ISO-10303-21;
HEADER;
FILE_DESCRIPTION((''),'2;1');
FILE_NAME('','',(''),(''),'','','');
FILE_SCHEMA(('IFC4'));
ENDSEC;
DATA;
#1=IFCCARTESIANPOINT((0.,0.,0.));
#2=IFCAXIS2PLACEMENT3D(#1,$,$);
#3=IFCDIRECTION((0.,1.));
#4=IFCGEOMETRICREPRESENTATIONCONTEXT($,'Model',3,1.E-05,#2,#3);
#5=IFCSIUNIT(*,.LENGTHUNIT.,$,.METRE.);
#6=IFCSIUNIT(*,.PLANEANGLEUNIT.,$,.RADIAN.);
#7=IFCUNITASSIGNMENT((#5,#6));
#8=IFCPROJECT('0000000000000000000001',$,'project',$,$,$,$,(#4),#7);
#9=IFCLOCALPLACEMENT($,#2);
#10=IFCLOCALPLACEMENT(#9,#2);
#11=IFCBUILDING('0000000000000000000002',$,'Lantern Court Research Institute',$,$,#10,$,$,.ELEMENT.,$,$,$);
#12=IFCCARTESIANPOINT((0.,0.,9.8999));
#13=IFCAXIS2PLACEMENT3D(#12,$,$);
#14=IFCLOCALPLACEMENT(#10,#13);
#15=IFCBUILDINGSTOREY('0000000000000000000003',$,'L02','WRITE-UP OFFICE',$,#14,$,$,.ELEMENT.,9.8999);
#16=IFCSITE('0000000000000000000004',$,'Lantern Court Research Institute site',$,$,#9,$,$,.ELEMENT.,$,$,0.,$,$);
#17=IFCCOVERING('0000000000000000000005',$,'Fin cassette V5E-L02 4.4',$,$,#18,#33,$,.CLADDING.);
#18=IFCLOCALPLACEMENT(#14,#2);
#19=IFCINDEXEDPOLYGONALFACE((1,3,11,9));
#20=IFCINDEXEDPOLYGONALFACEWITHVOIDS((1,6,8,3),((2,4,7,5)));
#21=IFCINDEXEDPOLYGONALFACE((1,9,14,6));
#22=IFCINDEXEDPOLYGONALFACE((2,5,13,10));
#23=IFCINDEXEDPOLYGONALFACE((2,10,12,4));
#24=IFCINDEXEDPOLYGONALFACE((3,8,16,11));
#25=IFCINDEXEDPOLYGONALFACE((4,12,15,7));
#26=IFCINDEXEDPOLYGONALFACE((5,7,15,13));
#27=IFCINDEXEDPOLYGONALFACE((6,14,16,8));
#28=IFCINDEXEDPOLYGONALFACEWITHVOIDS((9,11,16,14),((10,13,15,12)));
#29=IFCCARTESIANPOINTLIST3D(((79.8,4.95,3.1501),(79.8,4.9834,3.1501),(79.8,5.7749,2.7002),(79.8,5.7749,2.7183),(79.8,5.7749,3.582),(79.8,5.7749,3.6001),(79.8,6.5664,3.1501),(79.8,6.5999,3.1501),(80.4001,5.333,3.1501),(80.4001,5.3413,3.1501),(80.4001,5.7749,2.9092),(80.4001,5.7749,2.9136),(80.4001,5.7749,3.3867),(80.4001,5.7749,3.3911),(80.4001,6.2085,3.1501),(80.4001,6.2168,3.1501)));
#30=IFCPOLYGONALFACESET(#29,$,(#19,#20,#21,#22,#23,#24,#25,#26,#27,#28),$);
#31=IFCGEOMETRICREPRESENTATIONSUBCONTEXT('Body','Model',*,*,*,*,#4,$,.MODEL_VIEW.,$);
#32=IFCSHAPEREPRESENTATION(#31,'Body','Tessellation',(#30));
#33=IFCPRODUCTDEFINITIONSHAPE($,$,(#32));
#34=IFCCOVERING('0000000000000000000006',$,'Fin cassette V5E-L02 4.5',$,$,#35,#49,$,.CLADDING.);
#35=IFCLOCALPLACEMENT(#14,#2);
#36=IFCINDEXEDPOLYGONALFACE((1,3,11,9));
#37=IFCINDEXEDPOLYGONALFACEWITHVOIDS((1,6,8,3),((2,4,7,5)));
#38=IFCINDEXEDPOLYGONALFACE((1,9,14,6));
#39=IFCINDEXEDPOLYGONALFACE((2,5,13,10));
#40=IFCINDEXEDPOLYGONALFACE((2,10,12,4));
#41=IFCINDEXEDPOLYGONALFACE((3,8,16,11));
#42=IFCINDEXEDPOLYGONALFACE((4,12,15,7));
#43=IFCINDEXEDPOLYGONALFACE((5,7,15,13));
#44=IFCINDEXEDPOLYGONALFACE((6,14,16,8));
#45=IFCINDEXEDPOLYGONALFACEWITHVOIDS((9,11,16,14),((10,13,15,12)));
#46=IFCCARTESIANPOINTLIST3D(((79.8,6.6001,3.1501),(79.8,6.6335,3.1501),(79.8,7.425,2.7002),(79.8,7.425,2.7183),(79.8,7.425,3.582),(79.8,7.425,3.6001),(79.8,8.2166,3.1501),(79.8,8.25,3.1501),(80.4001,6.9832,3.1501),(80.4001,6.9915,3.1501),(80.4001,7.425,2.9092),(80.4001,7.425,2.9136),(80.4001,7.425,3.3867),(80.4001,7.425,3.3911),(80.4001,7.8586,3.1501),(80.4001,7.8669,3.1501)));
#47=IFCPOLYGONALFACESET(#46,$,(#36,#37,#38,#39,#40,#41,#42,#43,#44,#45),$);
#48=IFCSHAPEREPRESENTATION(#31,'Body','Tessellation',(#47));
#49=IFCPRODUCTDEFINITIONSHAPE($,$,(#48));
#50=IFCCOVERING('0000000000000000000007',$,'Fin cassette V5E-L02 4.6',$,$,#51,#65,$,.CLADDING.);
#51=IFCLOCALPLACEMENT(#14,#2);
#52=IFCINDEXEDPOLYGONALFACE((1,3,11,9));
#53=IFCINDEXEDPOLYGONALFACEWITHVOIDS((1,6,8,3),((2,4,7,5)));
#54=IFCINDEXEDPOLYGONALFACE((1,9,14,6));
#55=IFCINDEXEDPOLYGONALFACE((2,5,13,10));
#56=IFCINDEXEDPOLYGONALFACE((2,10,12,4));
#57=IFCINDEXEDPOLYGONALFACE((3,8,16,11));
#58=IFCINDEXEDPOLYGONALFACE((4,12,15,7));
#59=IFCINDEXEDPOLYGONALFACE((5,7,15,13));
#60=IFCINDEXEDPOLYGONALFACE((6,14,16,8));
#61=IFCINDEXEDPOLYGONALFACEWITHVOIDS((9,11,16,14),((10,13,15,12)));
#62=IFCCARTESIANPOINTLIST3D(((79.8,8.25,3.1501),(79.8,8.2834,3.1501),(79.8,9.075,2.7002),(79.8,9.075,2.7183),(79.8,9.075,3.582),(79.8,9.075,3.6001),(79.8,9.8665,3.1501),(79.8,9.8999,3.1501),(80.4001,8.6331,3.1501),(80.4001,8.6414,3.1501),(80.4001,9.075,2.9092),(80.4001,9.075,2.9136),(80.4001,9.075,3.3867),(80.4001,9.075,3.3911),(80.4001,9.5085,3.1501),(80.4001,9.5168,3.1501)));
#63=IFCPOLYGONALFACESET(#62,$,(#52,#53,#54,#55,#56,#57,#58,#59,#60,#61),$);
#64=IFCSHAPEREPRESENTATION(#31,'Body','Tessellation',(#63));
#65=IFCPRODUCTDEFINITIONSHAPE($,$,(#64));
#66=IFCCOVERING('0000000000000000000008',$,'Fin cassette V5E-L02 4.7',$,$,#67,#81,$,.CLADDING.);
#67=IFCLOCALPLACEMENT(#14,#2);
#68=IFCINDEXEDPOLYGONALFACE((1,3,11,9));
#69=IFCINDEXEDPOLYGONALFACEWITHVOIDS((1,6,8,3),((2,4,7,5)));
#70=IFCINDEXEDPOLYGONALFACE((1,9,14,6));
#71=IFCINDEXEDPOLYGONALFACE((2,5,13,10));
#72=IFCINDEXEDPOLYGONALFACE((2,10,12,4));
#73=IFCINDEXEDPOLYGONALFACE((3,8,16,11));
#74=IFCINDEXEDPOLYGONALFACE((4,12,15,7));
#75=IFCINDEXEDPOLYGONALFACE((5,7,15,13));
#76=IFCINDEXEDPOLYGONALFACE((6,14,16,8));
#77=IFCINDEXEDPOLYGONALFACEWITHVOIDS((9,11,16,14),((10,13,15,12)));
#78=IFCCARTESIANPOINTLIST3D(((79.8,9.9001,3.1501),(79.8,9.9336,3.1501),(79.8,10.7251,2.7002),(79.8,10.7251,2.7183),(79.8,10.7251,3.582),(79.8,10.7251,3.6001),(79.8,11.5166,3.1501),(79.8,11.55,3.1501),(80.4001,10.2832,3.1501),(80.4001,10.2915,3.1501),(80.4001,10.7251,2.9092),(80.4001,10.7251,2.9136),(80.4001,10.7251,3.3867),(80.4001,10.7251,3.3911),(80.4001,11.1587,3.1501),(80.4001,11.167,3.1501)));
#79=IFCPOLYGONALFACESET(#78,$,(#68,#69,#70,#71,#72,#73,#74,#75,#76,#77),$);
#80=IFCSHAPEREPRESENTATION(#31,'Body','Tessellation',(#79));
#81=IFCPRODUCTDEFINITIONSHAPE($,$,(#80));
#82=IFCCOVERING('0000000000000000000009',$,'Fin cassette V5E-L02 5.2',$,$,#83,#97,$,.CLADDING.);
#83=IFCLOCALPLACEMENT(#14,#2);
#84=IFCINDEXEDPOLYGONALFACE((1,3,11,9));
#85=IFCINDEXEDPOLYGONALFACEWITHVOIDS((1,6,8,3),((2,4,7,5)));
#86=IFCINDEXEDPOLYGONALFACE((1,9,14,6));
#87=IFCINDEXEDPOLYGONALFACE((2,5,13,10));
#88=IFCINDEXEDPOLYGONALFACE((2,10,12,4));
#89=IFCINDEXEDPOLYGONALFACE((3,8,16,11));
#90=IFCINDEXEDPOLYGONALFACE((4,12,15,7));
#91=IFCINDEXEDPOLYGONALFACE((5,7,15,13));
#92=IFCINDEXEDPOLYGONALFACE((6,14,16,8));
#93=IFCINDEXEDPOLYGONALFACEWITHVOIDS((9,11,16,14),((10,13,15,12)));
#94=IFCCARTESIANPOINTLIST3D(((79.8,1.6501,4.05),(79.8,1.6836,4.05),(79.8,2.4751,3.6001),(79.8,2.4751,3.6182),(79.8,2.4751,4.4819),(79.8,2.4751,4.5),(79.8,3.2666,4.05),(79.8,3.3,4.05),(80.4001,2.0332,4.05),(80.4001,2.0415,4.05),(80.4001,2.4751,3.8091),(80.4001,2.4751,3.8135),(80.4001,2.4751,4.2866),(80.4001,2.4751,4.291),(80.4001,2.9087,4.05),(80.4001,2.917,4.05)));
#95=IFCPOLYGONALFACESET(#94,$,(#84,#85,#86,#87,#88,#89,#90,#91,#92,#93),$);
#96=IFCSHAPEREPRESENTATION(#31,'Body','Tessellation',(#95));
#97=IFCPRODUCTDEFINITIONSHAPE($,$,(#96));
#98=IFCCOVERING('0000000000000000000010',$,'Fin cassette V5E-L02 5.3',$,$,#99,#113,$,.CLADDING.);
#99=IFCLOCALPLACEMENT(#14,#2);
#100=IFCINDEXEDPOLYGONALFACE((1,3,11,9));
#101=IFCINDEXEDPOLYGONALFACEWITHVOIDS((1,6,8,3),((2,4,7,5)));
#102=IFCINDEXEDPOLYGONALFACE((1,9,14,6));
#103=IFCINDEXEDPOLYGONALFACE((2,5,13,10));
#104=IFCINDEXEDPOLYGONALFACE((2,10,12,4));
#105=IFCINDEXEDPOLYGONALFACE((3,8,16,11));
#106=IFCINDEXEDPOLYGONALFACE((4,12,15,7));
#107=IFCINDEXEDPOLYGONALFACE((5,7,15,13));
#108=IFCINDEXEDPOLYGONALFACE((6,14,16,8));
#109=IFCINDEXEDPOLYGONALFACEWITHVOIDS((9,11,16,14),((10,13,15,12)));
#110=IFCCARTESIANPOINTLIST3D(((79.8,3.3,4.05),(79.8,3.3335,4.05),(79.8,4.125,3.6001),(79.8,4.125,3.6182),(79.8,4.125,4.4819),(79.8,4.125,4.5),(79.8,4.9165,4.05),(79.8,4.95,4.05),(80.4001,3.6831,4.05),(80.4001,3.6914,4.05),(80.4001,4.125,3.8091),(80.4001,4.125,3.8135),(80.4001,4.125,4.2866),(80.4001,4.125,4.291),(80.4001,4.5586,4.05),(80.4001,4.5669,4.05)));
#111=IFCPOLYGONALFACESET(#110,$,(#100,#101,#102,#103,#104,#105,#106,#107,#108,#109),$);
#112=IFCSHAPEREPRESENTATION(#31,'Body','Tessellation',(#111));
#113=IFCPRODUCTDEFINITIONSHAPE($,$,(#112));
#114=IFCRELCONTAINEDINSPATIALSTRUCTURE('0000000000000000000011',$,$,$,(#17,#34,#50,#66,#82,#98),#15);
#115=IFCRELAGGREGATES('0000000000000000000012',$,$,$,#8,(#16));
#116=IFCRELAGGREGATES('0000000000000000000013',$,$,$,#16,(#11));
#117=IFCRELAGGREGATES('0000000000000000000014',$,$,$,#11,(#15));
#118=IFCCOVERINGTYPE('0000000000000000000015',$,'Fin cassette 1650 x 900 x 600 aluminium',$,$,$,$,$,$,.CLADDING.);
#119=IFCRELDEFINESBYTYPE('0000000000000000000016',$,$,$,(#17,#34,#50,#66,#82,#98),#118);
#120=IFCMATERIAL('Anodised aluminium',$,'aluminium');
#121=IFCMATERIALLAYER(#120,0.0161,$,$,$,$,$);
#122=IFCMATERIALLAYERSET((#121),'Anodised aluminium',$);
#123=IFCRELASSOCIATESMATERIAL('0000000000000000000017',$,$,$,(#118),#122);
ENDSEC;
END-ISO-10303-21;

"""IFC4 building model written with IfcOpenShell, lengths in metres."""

from ifc_helpers import new_model, entity, si_unit, direction, frame, origin, place, context, subcontext, project, spatial, material, layer, layer_set, type_object, element, save


model = new_model("IFC4")

# Units and contexts
model_context = context("Model", 3, precision=1e-05, world=origin(), true_north=direction((0.0, 1.0)))
body_context = subcontext(model_context, "Body", "Model", "MODEL_VIEW")
ifc_project = project(units=[si_unit("LENGTHUNIT", "METRE"), si_unit("PLANEANGLEUNIT", "RADIAN")], contexts=[model_context])

# Site, building, storey
site_placement = place(None, origin())
site = spatial("IfcSite", under=ifc_project, at=site_placement, Name="Lantern Court Research Institute site", CompositionType="ELEMENT", RefElevation=0.0)
building_placement = place(site_placement, origin())
building = spatial("IfcBuilding", under=site, at=building_placement, Name="Lantern Court Research Institute", CompositionType="ELEMENT")
storey_placement = place(building_placement, frame((0.0, 0.0, 9.8999)))
storey = spatial("IfcBuildingStorey", under=building, at=storey_placement, Name="L02", Description="WRITE-UP OFFICE", CompositionType="ELEMENT", Elevation=9.8999)

# Coverings
ifc_material_1 = material(Name="Anodised aluminium", Category="aluminium")
ifc_layer_1 = layer(ifc_material_1, 0.0161)
ifc_layer_set_1 = layer_set([ifc_layer_1], Name="Anodised aluminium")
covering_type = type_object("IfcCoveringType", Name="Fin cassette 1650 x 900 x 600 aluminium", PredefinedType="CLADDING", material=ifc_layer_set_1)
covering_1_placement = place(storey_placement, frame((79.8, 5.7749, 3.1501), z_axis=(1.0, 0.0, 0.0), x_axis=(0.0, 1.0, 0.0)))
cartesian_point_1 = entity("IfcCartesianPoint", [0.825, 0.0])
cartesian_point_2 = entity("IfcCartesianPoint", [0.7915, 0.0])
cartesian_point_3 = entity("IfcCartesianPoint", [0.4419, 0.0])
cartesian_point_4 = entity("IfcCartesianPoint", [0.4336, 0.0])
element("IfcCovering", 1, at=covering_1_placement, inside=storey, type_object=covering_type, Name="Fin cassette V5E-L02 4.4", PredefinedType="CLADDING", context=body_context, shape_type="SweptSolid", body=[
    entity("IfcExtrudedAreaSolidTapered", entity("IfcArbitraryProfileDefWithVoids", "AREA", None, entity("IfcPolyline", [cartesian_point_1, entity("IfcCartesianPoint", [0.0, 0.45]), entity("IfcCartesianPoint", [-0.825, 0.0]), entity("IfcCartesianPoint", [0.0, -0.45]), cartesian_point_1]), [entity("IfcPolyline", [cartesian_point_2, entity("IfcCartesianPoint", [0.0, 0.4319]), entity("IfcCartesianPoint", [-0.7915, 0.0]), entity("IfcCartesianPoint", [0.0, -0.4319]), cartesian_point_2])]), entity("IfcAxis2Placement3D", entity("IfcCartesianPoint", [0.0, 0.0, 0.0])), entity("IfcDirection", [0.0, 0.0, 1.0]), 0.6001, entity("IfcArbitraryProfileDefWithVoids", "AREA", None, entity("IfcPolyline", [cartesian_point_3, entity("IfcCartesianPoint", [0.0, 0.241]), entity("IfcCartesianPoint", [-0.4419, 0.0]), entity("IfcCartesianPoint", [0.0, -0.241]), cartesian_point_3]), [entity("IfcPolyline", [cartesian_point_4, entity("IfcCartesianPoint", [0.0, 0.2366]), entity("IfcCartesianPoint", [-0.4336, 0.0]), entity("IfcCartesianPoint", [0.0, -0.2366]), cartesian_point_4])])),
])
covering_2_placement = place(storey_placement, frame((79.8, 7.425, 3.1501), z_axis=(1.0, 0.0, 0.0), x_axis=(0.0, 1.0, 0.0)))
cartesian_point_5 = entity("IfcCartesianPoint", [0.825, 0.0])
cartesian_point_6 = entity("IfcCartesianPoint", [0.7915, 0.0])
cartesian_point_7 = entity("IfcCartesianPoint", [0.4419, 0.0])
cartesian_point_8 = entity("IfcCartesianPoint", [0.4336, 0.0])
element("IfcCovering", 2, at=covering_2_placement, inside=storey, type_object=covering_type, Name="Fin cassette V5E-L02 4.5", PredefinedType="CLADDING", context=body_context, shape_type="SweptSolid", body=[
    entity("IfcExtrudedAreaSolidTapered", entity("IfcArbitraryProfileDefWithVoids", "AREA", None, entity("IfcPolyline", [cartesian_point_5, entity("IfcCartesianPoint", [0.0, 0.45]), entity("IfcCartesianPoint", [-0.825, 0.0]), entity("IfcCartesianPoint", [0.0, -0.45]), cartesian_point_5]), [entity("IfcPolyline", [cartesian_point_6, entity("IfcCartesianPoint", [0.0, 0.4319]), entity("IfcCartesianPoint", [-0.7915, 0.0]), entity("IfcCartesianPoint", [0.0, -0.4319]), cartesian_point_6])]), entity("IfcAxis2Placement3D", entity("IfcCartesianPoint", [0.0, 0.0, 0.0])), entity("IfcDirection", [0.0, 0.0, 1.0]), 0.6001, entity("IfcArbitraryProfileDefWithVoids", "AREA", None, entity("IfcPolyline", [cartesian_point_7, entity("IfcCartesianPoint", [0.0, 0.241]), entity("IfcCartesianPoint", [-0.4419, 0.0]), entity("IfcCartesianPoint", [0.0, -0.241]), cartesian_point_7]), [entity("IfcPolyline", [cartesian_point_8, entity("IfcCartesianPoint", [0.0, 0.2366]), entity("IfcCartesianPoint", [-0.4336, 0.0]), entity("IfcCartesianPoint", [0.0, -0.2366]), cartesian_point_8])])),
])
covering_3_placement = place(storey_placement, frame((79.8, 9.075, 3.1501), z_axis=(1.0, 0.0, 0.0), x_axis=(0.0, 1.0, 0.0)))
cartesian_point_9 = entity("IfcCartesianPoint", [0.825, 0.0])
cartesian_point_10 = entity("IfcCartesianPoint", [0.7915, 0.0])
cartesian_point_11 = entity("IfcCartesianPoint", [0.4419, 0.0])
cartesian_point_12 = entity("IfcCartesianPoint", [0.4336, 0.0])
element("IfcCovering", 3, at=covering_3_placement, inside=storey, type_object=covering_type, Name="Fin cassette V5E-L02 4.6", PredefinedType="CLADDING", context=body_context, shape_type="SweptSolid", body=[
    entity("IfcExtrudedAreaSolidTapered", entity("IfcArbitraryProfileDefWithVoids", "AREA", None, entity("IfcPolyline", [cartesian_point_9, entity("IfcCartesianPoint", [0.0, 0.45]), entity("IfcCartesianPoint", [-0.825, 0.0]), entity("IfcCartesianPoint", [0.0, -0.45]), cartesian_point_9]), [entity("IfcPolyline", [cartesian_point_10, entity("IfcCartesianPoint", [0.0, 0.4319]), entity("IfcCartesianPoint", [-0.7915, 0.0]), entity("IfcCartesianPoint", [0.0, -0.4319]), cartesian_point_10])]), entity("IfcAxis2Placement3D", entity("IfcCartesianPoint", [0.0, 0.0, 0.0])), entity("IfcDirection", [0.0, 0.0, 1.0]), 0.6001, entity("IfcArbitraryProfileDefWithVoids", "AREA", None, entity("IfcPolyline", [cartesian_point_11, entity("IfcCartesianPoint", [0.0, 0.241]), entity("IfcCartesianPoint", [-0.4419, 0.0]), entity("IfcCartesianPoint", [0.0, -0.241]), cartesian_point_11]), [entity("IfcPolyline", [cartesian_point_12, entity("IfcCartesianPoint", [0.0, 0.2366]), entity("IfcCartesianPoint", [-0.4336, 0.0]), entity("IfcCartesianPoint", [0.0, -0.2366]), cartesian_point_12])])),
])
covering_4_placement = place(storey_placement, frame((79.8, 10.7251, 3.1501), z_axis=(1.0, 0.0, 0.0), x_axis=(0.0, 1.0, 0.0)))
cartesian_point_13 = entity("IfcCartesianPoint", [0.825, 0.0])
cartesian_point_14 = entity("IfcCartesianPoint", [0.7915, 0.0])
cartesian_point_15 = entity("IfcCartesianPoint", [0.4419, 0.0])
cartesian_point_16 = entity("IfcCartesianPoint", [0.4336, 0.0])
element("IfcCovering", 4, at=covering_4_placement, inside=storey, type_object=covering_type, Name="Fin cassette V5E-L02 4.7", PredefinedType="CLADDING", context=body_context, shape_type="SweptSolid", body=[
    entity("IfcExtrudedAreaSolidTapered", entity("IfcArbitraryProfileDefWithVoids", "AREA", None, entity("IfcPolyline", [cartesian_point_13, entity("IfcCartesianPoint", [0.0, 0.45]), entity("IfcCartesianPoint", [-0.825, 0.0]), entity("IfcCartesianPoint", [0.0, -0.45]), cartesian_point_13]), [entity("IfcPolyline", [cartesian_point_14, entity("IfcCartesianPoint", [0.0, 0.4319]), entity("IfcCartesianPoint", [-0.7915, 0.0]), entity("IfcCartesianPoint", [0.0, -0.4319]), cartesian_point_14])]), entity("IfcAxis2Placement3D", entity("IfcCartesianPoint", [0.0, 0.0, 0.0])), entity("IfcDirection", [0.0, 0.0, 1.0]), 0.6001, entity("IfcArbitraryProfileDefWithVoids", "AREA", None, entity("IfcPolyline", [cartesian_point_15, entity("IfcCartesianPoint", [0.0, 0.241]), entity("IfcCartesianPoint", [-0.4419, 0.0]), entity("IfcCartesianPoint", [0.0, -0.241]), cartesian_point_15]), [entity("IfcPolyline", [cartesian_point_16, entity("IfcCartesianPoint", [0.0, 0.2366]), entity("IfcCartesianPoint", [-0.4336, 0.0]), entity("IfcCartesianPoint", [0.0, -0.2366]), cartesian_point_16])])),
])
covering_5_placement = place(storey_placement, frame((79.8, 2.4751, 4.05), z_axis=(1.0, 0.0, 0.0), x_axis=(0.0, 1.0, 0.0)))
cartesian_point_17 = entity("IfcCartesianPoint", [0.825, 0.0])
cartesian_point_18 = entity("IfcCartesianPoint", [0.7915, 0.0])
cartesian_point_19 = entity("IfcCartesianPoint", [0.4419, 0.0])
cartesian_point_20 = entity("IfcCartesianPoint", [0.4336, 0.0])
element("IfcCovering", 5, at=covering_5_placement, inside=storey, type_object=covering_type, Name="Fin cassette V5E-L02 5.2", PredefinedType="CLADDING", context=body_context, shape_type="SweptSolid", body=[
    entity("IfcExtrudedAreaSolidTapered", entity("IfcArbitraryProfileDefWithVoids", "AREA", None, entity("IfcPolyline", [cartesian_point_17, entity("IfcCartesianPoint", [0.0, 0.45]), entity("IfcCartesianPoint", [-0.825, 0.0]), entity("IfcCartesianPoint", [0.0, -0.45]), cartesian_point_17]), [entity("IfcPolyline", [cartesian_point_18, entity("IfcCartesianPoint", [0.0, 0.4319]), entity("IfcCartesianPoint", [-0.7915, 0.0]), entity("IfcCartesianPoint", [0.0, -0.4319]), cartesian_point_18])]), entity("IfcAxis2Placement3D", entity("IfcCartesianPoint", [0.0, 0.0, 0.0])), entity("IfcDirection", [0.0, 0.0, 1.0]), 0.6001, entity("IfcArbitraryProfileDefWithVoids", "AREA", None, entity("IfcPolyline", [cartesian_point_19, entity("IfcCartesianPoint", [0.0, 0.241]), entity("IfcCartesianPoint", [-0.4419, 0.0]), entity("IfcCartesianPoint", [0.0, -0.241]), cartesian_point_19]), [entity("IfcPolyline", [cartesian_point_20, entity("IfcCartesianPoint", [0.0, 0.2366]), entity("IfcCartesianPoint", [-0.4336, 0.0]), entity("IfcCartesianPoint", [0.0, -0.2366]), cartesian_point_20])])),
])
covering_6_placement = place(storey_placement, frame((79.8, 4.125, 4.05), z_axis=(1.0, 0.0, 0.0), x_axis=(0.0, 1.0, 0.0)))
cartesian_point_21 = entity("IfcCartesianPoint", [0.825, 0.0])
cartesian_point_22 = entity("IfcCartesianPoint", [0.7915, 0.0])
cartesian_point_23 = entity("IfcCartesianPoint", [0.4419, 0.0])
cartesian_point_24 = entity("IfcCartesianPoint", [0.4336, 0.0])
element("IfcCovering", 6, at=covering_6_placement, inside=storey, type_object=covering_type, Name="Fin cassette V5E-L02 5.3", PredefinedType="CLADDING", context=body_context, shape_type="SweptSolid", body=[
    entity("IfcExtrudedAreaSolidTapered", entity("IfcArbitraryProfileDefWithVoids", "AREA", None, entity("IfcPolyline", [cartesian_point_21, entity("IfcCartesianPoint", [0.0, 0.45]), entity("IfcCartesianPoint", [-0.825, 0.0]), entity("IfcCartesianPoint", [0.0, -0.45]), cartesian_point_21]), [entity("IfcPolyline", [cartesian_point_22, entity("IfcCartesianPoint", [0.0, 0.4319]), entity("IfcCartesianPoint", [-0.7915, 0.0]), entity("IfcCartesianPoint", [0.0, -0.4319]), cartesian_point_22])]), entity("IfcAxis2Placement3D", entity("IfcCartesianPoint", [0.0, 0.0, 0.0])), entity("IfcDirection", [0.0, 0.0, 1.0]), 0.6001, entity("IfcArbitraryProfileDefWithVoids", "AREA", None, entity("IfcPolyline", [cartesian_point_23, entity("IfcCartesianPoint", [0.0, 0.241]), entity("IfcCartesianPoint", [-0.4419, 0.0]), entity("IfcCartesianPoint", [0.0, -0.241]), cartesian_point_23]), [entity("IfcPolyline", [cartesian_point_24, entity("IfcCartesianPoint", [0.0, 0.2366]), entity("IfcCartesianPoint", [-0.4336, 0.0]), entity("IfcCartesianPoint", [0.0, -0.2366]), cartesian_point_24])])),
])

save(model, "model.ifc")
